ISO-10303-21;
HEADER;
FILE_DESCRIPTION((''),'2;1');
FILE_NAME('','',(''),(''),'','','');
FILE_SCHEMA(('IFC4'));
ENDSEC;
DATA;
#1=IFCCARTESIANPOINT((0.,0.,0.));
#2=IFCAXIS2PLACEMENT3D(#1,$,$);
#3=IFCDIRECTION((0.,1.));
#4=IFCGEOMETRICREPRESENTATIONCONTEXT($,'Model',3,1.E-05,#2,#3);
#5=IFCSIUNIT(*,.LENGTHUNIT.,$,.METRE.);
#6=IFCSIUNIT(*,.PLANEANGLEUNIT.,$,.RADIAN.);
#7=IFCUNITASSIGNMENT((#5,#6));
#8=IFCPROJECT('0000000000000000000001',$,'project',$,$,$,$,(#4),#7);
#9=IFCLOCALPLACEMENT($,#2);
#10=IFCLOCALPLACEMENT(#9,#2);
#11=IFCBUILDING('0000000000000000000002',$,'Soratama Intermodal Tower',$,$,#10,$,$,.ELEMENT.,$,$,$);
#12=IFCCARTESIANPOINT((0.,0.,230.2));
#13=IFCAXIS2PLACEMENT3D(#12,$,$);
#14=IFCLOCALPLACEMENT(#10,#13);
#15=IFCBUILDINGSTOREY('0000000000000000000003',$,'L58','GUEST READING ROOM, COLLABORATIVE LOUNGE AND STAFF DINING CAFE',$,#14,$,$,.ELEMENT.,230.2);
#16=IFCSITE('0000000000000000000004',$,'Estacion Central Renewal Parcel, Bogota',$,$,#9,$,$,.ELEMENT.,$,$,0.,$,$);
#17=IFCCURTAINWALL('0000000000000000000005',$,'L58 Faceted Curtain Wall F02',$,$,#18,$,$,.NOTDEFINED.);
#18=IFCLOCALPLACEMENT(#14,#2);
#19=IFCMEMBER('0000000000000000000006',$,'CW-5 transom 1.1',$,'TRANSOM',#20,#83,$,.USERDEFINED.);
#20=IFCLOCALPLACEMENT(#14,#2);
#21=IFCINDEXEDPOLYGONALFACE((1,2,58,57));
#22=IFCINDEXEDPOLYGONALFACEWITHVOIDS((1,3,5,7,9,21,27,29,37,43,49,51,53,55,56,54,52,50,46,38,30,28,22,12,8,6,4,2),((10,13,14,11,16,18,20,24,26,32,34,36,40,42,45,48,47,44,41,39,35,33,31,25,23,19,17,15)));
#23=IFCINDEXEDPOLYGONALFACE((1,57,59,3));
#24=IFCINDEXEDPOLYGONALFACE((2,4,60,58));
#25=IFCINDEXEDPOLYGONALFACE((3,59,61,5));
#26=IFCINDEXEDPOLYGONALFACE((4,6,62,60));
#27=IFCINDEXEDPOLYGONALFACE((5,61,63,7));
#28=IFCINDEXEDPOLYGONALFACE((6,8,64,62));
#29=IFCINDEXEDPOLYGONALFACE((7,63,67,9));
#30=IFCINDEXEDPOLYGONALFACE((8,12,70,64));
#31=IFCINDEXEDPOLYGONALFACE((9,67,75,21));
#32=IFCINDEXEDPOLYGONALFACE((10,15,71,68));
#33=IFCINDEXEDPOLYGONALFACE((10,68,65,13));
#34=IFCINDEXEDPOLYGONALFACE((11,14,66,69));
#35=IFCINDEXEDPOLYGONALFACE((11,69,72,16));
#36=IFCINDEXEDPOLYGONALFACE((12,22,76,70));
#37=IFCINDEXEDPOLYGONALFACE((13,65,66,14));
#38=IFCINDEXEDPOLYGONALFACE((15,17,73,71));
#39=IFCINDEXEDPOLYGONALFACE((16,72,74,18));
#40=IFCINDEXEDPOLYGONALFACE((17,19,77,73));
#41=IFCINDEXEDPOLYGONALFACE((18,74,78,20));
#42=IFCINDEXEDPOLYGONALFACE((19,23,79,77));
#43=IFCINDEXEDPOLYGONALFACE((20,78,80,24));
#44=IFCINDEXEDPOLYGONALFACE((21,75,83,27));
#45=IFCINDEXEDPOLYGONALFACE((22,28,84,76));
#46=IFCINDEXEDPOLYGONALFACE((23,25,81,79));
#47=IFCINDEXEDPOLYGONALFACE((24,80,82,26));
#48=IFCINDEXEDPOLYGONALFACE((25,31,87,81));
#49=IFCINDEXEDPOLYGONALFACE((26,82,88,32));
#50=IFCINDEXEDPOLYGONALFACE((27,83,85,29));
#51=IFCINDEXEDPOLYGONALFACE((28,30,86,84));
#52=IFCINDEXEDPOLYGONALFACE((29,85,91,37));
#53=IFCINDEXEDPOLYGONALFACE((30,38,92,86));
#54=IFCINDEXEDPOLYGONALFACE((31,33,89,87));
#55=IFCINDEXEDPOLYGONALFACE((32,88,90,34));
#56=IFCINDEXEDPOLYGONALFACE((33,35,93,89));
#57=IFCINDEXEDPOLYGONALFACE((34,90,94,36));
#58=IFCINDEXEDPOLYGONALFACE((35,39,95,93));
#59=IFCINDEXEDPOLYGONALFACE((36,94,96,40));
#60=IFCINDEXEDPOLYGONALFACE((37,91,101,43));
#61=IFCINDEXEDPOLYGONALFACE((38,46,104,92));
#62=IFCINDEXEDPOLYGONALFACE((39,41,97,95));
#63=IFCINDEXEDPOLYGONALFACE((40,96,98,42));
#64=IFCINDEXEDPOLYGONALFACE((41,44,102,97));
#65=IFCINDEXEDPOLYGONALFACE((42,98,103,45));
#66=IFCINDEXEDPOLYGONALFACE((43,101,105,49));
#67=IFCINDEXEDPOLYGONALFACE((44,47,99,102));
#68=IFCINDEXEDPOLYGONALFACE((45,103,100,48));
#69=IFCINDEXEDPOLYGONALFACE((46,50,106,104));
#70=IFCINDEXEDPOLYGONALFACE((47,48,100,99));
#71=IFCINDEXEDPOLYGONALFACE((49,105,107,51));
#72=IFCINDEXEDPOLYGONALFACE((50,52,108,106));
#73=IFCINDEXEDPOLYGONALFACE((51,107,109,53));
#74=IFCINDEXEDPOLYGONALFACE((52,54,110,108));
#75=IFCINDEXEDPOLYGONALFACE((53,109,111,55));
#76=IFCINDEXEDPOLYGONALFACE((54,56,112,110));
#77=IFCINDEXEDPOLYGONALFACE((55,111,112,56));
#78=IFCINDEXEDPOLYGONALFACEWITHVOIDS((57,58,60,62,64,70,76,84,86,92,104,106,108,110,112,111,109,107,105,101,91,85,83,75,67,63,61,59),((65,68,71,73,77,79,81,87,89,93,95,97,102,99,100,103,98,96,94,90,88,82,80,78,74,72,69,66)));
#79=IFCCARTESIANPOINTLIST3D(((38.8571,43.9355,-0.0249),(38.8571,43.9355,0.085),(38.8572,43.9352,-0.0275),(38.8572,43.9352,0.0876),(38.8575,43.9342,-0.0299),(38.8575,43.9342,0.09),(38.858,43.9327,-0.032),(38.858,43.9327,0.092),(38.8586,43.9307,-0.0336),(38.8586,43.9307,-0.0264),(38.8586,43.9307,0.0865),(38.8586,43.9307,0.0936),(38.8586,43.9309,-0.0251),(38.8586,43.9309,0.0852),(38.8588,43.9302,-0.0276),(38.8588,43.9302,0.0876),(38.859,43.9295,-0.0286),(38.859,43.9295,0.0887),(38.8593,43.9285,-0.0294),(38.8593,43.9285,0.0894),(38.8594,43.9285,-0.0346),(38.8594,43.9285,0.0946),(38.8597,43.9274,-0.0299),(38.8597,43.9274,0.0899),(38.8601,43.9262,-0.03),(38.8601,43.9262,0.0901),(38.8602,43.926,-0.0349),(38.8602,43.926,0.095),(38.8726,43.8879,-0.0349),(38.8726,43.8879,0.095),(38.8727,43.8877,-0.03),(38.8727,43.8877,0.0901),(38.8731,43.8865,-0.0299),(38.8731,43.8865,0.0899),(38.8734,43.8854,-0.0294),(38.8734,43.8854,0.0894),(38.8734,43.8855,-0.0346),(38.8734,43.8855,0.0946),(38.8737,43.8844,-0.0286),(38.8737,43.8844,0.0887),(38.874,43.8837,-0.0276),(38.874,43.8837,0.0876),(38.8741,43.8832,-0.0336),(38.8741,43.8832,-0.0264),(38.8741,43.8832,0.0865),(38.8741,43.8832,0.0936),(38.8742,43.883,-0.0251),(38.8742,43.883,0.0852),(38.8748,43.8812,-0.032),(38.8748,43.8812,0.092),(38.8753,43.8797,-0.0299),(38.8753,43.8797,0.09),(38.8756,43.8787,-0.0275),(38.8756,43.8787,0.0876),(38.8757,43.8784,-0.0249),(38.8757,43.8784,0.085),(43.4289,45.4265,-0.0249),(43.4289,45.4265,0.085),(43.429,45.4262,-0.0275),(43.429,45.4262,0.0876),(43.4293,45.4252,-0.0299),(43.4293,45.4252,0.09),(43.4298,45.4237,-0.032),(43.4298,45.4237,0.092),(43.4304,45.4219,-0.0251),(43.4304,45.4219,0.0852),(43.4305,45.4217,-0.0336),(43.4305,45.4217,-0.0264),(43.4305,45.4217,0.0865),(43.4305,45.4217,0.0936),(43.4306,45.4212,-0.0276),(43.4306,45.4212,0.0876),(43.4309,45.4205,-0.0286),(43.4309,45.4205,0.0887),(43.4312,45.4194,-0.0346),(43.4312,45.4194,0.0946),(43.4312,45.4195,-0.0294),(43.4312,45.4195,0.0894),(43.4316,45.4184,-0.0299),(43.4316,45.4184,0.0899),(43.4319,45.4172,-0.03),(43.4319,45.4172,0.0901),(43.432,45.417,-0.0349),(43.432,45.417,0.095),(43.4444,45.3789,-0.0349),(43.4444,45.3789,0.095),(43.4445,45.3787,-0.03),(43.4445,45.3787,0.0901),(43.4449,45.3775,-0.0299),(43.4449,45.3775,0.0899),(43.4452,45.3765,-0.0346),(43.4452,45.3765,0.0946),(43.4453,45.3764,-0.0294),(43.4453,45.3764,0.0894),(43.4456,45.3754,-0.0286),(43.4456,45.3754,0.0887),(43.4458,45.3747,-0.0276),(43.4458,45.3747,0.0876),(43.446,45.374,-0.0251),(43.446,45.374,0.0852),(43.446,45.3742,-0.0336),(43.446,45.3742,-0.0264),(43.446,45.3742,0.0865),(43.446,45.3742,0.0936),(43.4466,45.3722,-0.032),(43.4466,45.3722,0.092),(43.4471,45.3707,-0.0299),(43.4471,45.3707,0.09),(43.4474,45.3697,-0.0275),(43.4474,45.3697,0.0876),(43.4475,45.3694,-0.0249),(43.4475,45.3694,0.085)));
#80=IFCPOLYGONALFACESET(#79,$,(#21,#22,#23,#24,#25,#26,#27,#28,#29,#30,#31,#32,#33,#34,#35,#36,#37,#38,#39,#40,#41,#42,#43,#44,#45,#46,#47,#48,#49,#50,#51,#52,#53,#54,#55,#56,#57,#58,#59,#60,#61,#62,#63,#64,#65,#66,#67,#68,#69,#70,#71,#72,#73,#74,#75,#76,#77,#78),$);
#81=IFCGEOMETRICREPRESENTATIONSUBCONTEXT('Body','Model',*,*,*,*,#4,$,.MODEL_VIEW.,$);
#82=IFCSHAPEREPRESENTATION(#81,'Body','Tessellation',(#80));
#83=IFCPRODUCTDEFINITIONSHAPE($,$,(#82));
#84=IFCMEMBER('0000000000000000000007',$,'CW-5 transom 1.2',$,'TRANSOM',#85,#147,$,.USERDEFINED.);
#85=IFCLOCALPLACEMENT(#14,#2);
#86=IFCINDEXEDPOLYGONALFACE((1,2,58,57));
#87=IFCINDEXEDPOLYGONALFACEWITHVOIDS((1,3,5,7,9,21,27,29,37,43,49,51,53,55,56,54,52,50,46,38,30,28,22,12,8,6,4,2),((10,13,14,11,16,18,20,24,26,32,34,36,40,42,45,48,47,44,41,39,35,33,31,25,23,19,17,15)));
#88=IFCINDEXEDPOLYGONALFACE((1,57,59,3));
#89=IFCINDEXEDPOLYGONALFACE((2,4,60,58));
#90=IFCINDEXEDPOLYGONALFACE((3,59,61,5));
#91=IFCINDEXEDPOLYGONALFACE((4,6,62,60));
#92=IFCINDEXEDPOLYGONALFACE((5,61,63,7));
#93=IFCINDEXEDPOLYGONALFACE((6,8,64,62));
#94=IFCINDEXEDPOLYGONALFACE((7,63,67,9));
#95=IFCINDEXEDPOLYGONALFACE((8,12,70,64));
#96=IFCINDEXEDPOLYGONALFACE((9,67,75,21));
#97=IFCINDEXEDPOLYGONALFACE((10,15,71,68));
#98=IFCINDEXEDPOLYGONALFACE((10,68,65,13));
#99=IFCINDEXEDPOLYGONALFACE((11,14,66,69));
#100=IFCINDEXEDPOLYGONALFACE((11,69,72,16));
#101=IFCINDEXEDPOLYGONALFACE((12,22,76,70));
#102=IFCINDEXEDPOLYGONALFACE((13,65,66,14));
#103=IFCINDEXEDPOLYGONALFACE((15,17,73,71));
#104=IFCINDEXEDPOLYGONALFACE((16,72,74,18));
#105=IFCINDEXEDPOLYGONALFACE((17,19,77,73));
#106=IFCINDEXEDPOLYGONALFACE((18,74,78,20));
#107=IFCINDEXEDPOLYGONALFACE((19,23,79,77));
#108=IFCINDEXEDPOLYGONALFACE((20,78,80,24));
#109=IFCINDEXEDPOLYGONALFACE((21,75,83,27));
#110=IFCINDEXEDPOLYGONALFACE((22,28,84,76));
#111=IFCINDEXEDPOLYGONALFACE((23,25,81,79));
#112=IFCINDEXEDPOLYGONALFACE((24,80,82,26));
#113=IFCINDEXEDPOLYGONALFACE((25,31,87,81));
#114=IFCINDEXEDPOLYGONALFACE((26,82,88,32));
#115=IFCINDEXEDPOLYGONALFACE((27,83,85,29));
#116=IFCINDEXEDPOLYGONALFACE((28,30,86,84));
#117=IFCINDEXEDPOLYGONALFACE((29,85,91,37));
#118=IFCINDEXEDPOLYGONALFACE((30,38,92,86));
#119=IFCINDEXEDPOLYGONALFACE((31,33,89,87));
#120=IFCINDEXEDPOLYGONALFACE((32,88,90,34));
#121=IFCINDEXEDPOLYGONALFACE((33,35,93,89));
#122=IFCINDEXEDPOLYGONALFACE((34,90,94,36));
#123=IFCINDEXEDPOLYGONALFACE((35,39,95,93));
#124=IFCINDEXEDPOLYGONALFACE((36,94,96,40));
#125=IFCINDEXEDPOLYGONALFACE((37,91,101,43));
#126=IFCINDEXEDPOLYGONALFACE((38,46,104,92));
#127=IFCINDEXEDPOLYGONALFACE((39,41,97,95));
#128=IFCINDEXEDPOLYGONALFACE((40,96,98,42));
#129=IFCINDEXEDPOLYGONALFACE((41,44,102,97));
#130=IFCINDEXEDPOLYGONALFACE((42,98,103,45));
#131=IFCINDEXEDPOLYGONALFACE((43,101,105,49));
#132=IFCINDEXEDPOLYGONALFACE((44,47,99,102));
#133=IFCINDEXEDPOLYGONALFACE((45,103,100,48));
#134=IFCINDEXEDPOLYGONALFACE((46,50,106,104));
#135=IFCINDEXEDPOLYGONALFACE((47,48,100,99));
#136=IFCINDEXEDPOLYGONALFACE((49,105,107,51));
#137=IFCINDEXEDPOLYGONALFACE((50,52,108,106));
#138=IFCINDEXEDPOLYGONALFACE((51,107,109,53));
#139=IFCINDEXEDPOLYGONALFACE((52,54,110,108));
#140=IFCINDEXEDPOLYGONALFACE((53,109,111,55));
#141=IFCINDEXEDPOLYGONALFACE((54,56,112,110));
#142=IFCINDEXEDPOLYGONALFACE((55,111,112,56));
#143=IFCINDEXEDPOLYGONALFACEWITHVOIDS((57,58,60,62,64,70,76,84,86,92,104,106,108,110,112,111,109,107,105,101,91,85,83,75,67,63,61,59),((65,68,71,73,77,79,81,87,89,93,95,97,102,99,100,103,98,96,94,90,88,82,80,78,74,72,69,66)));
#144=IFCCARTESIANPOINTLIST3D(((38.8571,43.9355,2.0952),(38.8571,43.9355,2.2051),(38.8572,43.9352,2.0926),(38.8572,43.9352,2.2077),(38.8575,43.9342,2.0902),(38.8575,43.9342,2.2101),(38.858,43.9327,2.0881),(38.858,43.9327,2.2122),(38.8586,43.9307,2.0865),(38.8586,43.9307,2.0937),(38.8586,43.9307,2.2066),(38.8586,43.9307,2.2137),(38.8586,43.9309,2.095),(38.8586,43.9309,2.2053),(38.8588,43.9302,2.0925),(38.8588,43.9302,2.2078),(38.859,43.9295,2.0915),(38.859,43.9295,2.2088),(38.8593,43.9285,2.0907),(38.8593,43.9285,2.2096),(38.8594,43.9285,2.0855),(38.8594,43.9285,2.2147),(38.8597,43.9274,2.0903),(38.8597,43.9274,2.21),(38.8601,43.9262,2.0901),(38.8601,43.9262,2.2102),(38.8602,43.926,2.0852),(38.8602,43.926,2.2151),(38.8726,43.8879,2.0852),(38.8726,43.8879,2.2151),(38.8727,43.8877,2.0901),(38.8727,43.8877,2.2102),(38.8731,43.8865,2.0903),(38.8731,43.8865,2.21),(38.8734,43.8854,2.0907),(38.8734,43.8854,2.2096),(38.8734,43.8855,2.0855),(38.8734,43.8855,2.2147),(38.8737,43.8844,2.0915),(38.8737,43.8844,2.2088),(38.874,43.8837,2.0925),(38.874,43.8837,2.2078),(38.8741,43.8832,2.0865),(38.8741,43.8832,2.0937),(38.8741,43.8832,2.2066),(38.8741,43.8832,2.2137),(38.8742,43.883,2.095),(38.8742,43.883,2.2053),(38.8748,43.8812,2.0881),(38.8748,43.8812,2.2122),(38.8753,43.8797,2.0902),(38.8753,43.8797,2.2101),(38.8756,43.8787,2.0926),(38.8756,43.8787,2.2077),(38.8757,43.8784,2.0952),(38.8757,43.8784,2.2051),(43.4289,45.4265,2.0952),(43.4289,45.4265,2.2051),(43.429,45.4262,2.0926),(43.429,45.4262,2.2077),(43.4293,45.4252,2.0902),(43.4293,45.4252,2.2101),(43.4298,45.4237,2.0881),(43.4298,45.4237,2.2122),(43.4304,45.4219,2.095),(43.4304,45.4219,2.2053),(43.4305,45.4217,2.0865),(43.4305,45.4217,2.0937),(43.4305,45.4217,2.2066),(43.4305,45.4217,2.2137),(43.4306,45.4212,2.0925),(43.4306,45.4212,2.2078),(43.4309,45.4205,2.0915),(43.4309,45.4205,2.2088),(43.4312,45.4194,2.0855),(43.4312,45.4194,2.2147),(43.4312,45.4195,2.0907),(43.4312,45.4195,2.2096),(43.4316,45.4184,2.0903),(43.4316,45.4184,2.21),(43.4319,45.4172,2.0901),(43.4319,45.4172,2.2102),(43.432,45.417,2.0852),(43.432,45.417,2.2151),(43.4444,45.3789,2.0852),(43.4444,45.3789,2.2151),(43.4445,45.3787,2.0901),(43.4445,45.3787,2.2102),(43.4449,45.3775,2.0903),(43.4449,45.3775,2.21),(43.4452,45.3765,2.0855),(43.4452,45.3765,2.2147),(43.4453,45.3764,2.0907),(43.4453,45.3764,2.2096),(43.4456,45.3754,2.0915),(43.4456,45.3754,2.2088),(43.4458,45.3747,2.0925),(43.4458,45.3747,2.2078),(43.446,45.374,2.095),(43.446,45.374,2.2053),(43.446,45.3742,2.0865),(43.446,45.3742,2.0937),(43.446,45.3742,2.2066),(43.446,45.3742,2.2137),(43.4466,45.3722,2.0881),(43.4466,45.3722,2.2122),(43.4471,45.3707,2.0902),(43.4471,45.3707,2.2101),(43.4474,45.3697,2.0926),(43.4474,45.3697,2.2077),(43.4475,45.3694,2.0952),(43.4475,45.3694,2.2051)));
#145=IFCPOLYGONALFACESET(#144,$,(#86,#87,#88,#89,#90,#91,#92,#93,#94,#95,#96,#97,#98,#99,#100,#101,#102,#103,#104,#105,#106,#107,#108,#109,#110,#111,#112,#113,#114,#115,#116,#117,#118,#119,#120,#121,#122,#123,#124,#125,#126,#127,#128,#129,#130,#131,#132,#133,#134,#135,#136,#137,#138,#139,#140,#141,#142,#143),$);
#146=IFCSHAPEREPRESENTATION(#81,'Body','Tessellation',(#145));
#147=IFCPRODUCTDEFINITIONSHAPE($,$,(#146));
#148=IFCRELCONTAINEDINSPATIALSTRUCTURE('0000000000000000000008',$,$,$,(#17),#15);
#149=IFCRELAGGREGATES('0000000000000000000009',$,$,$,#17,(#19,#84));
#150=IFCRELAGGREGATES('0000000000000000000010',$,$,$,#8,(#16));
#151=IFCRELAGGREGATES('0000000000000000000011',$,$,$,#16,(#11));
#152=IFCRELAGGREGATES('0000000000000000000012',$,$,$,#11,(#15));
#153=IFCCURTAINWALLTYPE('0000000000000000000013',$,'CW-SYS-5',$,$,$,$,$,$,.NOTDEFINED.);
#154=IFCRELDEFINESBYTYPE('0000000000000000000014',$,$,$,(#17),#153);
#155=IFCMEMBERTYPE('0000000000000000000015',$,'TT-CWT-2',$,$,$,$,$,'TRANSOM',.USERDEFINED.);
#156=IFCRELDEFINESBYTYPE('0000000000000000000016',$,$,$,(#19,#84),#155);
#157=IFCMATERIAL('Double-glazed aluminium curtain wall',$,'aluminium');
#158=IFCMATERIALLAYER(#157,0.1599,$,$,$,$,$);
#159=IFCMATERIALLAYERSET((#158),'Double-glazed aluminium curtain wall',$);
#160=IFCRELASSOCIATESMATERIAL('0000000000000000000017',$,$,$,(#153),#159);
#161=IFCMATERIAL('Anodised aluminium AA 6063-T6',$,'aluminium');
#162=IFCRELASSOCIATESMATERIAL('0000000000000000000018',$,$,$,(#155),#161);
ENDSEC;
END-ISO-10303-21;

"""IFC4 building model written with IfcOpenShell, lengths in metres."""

from ifc_helpers import new_model, si_unit, direction, frame, origin, origin_2d, place, context, subcontext, project, spatial, hollow_rectangle, extrude, material, layer, layer_set, material_profile, profile_set, type_object, element, aggregate, save


model = new_model("IFC4")

# Units and contexts
model_context = context("Model", 3, precision=1e-05, world=origin(), true_north=direction((0.0, 1.0)))
body_context = subcontext(model_context, "Body", "Model", "MODEL_VIEW")
ifc_project = project(units=[si_unit("LENGTHUNIT", "METRE"), si_unit("PLANEANGLEUNIT", "RADIAN")], contexts=[model_context])

# Site, building, storey
site_placement = place(None, origin())
site = spatial("IfcSite", under=ifc_project, at=site_placement, Name="Estacion Central Renewal Parcel, Bogota", CompositionType="ELEMENT", RefElevation=0.0)
building_placement = place(site_placement, origin())
building = spatial("IfcBuilding", under=site, at=building_placement, Name="Soratama Intermodal Tower", CompositionType="ELEMENT")
storey_placement = place(building_placement, frame((0.0, 0.0, 230.2)))
storey = spatial("IfcBuildingStorey", under=building, at=storey_placement, Name="L58", Description="GUEST READING ROOM, COLLABORATIVE LOUNGE AND STAFF DINING CAFE", CompositionType="ELEMENT", Elevation=230.2)

# Shared definitions
ifc_material_1 = material(Name="Double-glazed aluminium curtain wall", Category="aluminium")
ifc_layer_1 = layer(ifc_material_1, 0.1599)
ifc_layer_set_1 = layer_set([ifc_layer_1], Name="Double-glazed aluminium curtain wall")
curtain_wall_type = type_object("IfcCurtainWallType", Name="CW-SYS-5", PredefinedType="NOTDEFINED", material=ifc_layer_set_1)

# Curtain wall, members
curtain_wall_1_placement = place(storey_placement, origin())
curtain_wall_1 = element("IfcCurtainWall", 1, at=curtain_wall_1_placement, inside=storey, type_object=curtain_wall_type, Name="L58 Faceted Curtain Wall F02", PredefinedType="NOTDEFINED")
ifc_material_2 = material(Name="Anodised aluminium AA 6063-T6", Category="aluminium")
ifc_material_profile_1 = material_profile(ifc_material_2, hollow_rectangle(XDim=0.0601, YDim=0.1299, WallThickness=0.0049, InnerFilletRadius=0.0049, OuterFilletRadius=0.01, at=origin_2d()), Name="CWT130X60X5")
ifc_profile_set_1 = profile_set([ifc_material_profile_1], Name="Anodised aluminium AA 6063-T6")
member_type_1 = type_object("IfcMemberType", Name="TT-CWT-2", ElementType="TRANSOM", PredefinedType="USERDEFINED", material=ifc_profile_set_1)
member_1_placement = place(storey_placement, frame((43.4382, 45.3979, 0.03), z_axis=(-0.950719, -0.310053, 0.0), x_axis=(0.310053, -0.950719, 0.0)))
member_1 = element("IfcMember", 2, at=member_1_placement, type_object=member_type_1, Name="CW-5 transom 1.1", ObjectType="TRANSOM", PredefinedType="USERDEFINED", context=body_context, shape_type="SweptSolid", body=[
    extrude(hollow_rectangle(XDim=0.0601, YDim=0.1299, WallThickness=0.0049, InnerFilletRadius=0.0049, OuterFilletRadius=0.01, at=origin_2d()), origin(), (0.0, 0.0, 1.0), 4.8088),
])
member_2_placement = place(storey_placement, frame((43.4382, 45.3979, 2.1501), z_axis=(-0.950719, -0.310053, 0.0), x_axis=(0.310053, -0.950719, 0.0)))
member_2 = element("IfcMember", 3, at=member_2_placement, type_object=member_type_1, Name="CW-5 transom 1.2", ObjectType="TRANSOM", PredefinedType="USERDEFINED", context=body_context, shape_type="SweptSolid", body=[
    extrude(hollow_rectangle(XDim=0.0601, YDim=0.1299, WallThickness=0.0049, InnerFilletRadius=0.0049, OuterFilletRadius=0.01, at=origin_2d()), origin(), (0.0, 0.0, 1.0), 4.8088),
])
aggregate(curtain_wall_1, [member_1, member_2])

save(model, "model.ifc")
